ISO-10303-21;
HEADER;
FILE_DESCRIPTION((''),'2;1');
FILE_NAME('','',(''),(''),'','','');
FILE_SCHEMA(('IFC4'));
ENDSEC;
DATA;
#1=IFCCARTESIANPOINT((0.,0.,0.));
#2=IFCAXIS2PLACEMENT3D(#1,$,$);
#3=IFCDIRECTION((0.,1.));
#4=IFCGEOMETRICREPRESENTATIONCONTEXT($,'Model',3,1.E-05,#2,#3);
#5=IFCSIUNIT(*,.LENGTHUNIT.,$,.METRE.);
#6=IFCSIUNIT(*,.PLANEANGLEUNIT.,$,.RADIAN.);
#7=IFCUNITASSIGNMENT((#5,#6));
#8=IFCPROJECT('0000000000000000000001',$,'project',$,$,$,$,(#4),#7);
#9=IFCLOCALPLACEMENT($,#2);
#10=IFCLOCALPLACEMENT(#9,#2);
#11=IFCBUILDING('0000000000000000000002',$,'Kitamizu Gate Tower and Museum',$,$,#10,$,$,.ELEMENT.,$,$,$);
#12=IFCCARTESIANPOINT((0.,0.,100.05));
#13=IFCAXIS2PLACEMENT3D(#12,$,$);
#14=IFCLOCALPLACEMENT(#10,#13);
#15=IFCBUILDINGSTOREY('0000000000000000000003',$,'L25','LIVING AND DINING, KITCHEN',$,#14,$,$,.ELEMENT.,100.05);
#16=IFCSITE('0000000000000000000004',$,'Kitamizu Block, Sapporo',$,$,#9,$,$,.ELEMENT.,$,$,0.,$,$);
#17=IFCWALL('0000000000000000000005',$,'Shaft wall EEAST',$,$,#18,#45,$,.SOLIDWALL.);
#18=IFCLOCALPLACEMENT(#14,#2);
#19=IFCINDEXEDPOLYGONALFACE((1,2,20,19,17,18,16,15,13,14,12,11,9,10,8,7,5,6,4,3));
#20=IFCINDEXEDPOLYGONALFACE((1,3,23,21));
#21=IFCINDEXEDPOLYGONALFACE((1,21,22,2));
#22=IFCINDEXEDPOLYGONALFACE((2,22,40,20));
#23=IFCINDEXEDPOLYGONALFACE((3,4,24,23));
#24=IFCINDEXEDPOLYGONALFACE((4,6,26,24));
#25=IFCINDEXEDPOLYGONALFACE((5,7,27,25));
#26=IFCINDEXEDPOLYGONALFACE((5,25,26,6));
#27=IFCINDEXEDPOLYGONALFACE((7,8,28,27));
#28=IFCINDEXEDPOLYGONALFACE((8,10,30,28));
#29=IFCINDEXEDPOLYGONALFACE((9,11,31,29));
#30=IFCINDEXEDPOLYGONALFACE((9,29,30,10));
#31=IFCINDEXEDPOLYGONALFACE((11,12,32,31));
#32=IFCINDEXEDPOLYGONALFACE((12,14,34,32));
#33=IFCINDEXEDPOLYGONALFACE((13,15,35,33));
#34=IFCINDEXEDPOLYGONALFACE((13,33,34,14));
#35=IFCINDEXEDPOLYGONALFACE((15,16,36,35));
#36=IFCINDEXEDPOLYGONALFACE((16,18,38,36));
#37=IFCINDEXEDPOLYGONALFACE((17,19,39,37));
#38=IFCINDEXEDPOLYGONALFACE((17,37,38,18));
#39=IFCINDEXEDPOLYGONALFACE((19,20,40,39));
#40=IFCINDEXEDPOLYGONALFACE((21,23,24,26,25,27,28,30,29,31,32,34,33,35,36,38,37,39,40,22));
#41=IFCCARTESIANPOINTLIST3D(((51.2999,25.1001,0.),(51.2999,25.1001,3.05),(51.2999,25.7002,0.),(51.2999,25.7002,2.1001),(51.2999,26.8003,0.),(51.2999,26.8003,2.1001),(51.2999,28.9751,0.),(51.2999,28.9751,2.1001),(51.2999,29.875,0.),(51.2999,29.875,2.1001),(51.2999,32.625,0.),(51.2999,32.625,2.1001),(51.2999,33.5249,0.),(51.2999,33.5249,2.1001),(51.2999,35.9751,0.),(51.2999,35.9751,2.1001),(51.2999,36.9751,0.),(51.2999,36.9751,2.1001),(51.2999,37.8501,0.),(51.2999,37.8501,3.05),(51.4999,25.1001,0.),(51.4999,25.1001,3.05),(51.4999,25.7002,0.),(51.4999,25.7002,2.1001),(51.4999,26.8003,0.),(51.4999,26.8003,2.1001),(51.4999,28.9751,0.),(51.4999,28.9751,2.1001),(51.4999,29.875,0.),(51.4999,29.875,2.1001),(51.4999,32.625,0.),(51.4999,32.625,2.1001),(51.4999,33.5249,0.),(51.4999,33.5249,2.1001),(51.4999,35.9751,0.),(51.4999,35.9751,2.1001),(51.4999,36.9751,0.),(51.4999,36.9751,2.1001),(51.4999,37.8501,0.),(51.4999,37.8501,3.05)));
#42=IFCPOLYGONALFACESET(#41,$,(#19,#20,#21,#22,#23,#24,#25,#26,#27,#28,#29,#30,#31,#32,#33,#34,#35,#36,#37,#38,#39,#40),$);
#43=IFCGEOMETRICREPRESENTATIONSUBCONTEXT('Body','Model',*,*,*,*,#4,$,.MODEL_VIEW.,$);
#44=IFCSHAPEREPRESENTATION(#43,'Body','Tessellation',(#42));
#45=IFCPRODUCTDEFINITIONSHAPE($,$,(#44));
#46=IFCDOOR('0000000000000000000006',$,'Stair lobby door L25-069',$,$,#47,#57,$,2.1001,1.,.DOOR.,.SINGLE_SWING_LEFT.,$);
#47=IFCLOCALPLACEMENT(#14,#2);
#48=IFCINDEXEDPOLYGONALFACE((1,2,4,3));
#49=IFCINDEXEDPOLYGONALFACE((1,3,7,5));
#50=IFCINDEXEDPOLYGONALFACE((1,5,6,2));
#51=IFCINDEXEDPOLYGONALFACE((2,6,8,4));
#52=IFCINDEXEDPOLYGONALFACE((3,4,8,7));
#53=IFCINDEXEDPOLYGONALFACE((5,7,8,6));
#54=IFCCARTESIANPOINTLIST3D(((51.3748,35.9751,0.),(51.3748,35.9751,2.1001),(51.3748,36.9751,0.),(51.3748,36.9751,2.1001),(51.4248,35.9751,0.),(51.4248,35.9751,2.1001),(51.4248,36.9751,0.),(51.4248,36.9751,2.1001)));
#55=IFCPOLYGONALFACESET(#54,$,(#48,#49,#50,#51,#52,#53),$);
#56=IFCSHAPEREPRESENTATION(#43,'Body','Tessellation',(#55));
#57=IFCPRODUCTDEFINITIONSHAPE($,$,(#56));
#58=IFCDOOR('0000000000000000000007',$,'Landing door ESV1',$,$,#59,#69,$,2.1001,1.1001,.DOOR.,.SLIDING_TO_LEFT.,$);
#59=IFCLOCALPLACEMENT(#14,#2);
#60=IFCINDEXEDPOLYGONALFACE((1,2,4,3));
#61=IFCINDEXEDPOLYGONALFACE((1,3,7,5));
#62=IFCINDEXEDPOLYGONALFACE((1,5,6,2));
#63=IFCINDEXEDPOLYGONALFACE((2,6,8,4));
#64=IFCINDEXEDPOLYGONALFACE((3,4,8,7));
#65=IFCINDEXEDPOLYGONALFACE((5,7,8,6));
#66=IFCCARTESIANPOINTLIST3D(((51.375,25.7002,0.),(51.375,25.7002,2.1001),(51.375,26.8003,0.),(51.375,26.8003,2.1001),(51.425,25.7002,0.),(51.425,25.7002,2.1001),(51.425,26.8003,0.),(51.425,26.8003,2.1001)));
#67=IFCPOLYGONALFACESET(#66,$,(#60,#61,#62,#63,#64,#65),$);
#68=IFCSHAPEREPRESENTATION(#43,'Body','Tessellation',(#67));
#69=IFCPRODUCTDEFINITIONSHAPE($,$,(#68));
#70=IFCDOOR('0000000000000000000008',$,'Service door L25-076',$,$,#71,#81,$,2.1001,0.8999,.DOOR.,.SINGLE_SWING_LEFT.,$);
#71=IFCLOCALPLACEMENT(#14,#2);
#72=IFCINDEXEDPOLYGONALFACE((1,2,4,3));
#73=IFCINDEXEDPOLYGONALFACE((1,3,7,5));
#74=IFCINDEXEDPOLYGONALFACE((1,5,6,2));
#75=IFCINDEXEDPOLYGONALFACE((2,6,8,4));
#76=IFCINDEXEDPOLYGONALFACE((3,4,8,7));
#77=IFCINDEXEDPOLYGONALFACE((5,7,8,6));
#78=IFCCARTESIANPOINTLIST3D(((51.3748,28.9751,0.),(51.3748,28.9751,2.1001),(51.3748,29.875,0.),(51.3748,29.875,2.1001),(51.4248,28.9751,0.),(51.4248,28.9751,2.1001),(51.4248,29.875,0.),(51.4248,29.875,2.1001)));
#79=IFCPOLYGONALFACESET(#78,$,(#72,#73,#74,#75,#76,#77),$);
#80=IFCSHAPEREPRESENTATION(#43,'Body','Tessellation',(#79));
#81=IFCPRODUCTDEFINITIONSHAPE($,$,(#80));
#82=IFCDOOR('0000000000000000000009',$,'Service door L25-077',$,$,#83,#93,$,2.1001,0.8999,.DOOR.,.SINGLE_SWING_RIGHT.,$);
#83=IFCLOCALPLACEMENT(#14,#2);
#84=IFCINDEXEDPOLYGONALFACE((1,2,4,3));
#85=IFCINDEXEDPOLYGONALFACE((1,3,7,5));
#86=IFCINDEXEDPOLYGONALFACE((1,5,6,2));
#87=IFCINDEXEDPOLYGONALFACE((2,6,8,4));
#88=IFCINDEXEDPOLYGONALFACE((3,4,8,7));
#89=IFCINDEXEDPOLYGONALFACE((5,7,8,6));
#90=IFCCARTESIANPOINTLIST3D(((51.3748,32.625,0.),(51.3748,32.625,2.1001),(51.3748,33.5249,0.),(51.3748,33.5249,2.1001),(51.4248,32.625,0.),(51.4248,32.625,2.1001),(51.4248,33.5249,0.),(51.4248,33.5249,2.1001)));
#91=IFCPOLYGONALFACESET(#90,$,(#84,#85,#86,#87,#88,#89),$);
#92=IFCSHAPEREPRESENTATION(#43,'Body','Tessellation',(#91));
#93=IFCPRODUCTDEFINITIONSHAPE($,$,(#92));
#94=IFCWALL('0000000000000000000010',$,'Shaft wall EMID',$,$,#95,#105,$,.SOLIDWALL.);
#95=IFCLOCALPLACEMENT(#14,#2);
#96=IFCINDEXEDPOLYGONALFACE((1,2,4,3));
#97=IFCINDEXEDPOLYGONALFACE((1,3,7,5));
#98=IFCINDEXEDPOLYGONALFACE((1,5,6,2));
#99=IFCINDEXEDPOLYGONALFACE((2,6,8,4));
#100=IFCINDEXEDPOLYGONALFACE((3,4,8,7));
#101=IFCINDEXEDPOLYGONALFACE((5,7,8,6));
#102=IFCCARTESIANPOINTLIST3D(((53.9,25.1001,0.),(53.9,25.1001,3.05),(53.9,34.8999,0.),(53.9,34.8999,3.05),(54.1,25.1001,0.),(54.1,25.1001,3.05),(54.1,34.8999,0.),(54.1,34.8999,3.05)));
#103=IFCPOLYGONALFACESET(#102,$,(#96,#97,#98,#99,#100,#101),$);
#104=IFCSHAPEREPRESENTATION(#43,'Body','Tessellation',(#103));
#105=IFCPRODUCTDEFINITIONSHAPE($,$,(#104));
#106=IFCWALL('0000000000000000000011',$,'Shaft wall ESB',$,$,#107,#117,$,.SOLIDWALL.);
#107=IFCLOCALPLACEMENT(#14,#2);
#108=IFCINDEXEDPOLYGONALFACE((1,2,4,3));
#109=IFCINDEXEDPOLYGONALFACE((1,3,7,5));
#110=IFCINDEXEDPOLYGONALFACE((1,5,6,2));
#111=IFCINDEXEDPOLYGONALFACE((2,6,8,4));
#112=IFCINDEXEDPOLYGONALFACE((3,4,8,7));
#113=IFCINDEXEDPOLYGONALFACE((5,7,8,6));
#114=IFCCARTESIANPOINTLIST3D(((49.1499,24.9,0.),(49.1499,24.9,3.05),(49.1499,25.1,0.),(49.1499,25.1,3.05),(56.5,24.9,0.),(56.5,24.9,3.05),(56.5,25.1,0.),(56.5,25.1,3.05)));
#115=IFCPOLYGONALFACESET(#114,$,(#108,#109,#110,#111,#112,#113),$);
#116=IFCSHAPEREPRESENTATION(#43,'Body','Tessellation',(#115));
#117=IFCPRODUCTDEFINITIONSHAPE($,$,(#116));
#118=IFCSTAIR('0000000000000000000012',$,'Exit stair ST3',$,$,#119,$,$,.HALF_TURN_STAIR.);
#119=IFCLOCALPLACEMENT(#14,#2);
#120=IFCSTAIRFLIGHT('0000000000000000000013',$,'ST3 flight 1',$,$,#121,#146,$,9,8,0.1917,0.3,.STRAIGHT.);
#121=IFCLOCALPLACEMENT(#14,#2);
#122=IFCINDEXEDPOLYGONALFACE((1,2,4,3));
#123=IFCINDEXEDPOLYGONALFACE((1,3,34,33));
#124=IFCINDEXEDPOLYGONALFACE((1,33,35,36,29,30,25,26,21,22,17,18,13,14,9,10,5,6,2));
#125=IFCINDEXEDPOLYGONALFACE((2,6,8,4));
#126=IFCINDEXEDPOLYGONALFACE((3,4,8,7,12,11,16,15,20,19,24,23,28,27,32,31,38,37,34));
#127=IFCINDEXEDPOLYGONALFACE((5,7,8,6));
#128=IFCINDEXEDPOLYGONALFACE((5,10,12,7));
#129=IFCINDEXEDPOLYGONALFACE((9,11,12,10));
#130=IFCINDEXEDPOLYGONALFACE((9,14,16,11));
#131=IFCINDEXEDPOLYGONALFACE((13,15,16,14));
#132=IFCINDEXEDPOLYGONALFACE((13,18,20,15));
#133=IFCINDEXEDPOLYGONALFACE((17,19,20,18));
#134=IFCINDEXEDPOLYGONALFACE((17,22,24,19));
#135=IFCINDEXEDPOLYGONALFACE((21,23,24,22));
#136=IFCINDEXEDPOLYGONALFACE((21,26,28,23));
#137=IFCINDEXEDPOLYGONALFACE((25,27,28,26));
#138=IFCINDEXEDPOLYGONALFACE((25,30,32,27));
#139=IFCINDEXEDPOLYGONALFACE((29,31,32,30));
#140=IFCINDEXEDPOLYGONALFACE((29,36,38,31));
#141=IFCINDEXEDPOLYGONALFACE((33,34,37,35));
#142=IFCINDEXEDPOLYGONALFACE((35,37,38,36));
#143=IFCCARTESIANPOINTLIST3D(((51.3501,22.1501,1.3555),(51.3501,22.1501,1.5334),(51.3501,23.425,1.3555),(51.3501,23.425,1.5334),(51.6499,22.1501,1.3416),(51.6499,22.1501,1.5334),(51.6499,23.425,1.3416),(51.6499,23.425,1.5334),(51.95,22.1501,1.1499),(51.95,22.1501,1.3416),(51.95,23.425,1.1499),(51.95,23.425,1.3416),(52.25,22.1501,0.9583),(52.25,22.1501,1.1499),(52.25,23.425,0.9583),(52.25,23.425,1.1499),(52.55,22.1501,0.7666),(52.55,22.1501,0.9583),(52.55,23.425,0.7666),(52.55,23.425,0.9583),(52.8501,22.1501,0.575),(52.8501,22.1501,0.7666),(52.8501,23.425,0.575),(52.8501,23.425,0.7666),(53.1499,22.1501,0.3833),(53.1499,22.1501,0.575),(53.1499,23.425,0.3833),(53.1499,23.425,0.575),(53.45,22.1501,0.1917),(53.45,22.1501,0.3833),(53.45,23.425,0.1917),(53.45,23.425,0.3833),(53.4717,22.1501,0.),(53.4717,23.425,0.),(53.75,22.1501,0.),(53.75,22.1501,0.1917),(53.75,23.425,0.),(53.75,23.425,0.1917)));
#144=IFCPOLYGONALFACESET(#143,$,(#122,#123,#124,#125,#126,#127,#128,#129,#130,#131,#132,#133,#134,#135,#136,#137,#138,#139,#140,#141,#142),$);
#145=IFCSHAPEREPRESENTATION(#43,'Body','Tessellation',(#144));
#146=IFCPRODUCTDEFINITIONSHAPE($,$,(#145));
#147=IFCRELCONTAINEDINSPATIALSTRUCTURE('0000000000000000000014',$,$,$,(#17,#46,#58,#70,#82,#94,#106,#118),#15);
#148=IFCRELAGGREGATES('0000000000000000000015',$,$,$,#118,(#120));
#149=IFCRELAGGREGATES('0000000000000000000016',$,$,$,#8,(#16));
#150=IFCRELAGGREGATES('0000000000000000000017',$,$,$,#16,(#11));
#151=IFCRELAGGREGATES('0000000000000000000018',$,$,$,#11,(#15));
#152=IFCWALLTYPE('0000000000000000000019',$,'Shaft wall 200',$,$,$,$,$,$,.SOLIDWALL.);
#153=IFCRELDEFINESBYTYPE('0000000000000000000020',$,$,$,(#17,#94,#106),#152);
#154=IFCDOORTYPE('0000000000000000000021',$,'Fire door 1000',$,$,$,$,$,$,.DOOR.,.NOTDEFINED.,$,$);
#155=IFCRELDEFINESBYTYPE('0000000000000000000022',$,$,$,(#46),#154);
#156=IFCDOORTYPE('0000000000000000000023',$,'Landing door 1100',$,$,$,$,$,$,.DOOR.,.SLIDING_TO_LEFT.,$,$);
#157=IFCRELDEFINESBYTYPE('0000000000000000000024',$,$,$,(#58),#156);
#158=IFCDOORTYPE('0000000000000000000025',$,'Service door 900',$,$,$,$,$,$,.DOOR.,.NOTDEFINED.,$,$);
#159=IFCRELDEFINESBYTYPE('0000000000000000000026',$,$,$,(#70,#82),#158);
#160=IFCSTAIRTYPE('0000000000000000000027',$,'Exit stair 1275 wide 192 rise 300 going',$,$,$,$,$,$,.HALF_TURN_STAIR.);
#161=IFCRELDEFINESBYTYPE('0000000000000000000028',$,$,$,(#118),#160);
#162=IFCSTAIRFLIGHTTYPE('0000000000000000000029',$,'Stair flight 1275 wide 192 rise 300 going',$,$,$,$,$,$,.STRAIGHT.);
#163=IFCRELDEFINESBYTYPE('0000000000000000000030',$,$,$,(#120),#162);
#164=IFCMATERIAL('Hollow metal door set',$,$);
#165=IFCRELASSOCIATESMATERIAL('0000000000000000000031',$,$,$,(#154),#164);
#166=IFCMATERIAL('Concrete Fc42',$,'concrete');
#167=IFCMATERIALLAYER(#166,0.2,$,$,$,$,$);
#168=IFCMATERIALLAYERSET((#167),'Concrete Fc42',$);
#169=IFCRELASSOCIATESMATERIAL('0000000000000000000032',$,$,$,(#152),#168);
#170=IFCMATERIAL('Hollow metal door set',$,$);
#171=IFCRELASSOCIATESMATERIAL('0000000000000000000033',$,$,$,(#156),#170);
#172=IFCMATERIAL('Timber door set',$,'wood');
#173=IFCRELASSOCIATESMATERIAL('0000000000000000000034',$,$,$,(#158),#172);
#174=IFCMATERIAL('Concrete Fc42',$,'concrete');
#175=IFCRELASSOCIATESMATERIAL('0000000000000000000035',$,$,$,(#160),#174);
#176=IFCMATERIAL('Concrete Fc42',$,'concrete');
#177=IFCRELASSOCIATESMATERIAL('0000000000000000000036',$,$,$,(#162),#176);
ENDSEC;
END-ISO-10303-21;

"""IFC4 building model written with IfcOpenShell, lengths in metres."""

from ifc_helpers import new_model, si_unit, direction, frame, frame_2d, origin, place, context, subcontext, project, spatial, polyline, rectangle, outline, extrude, material, layer, layer_set, type_object, element, fill, aggregate, save


model = new_model("IFC4")

# Units and contexts
model_context = context("Model", 3, precision=1e-05, world=origin(), true_north=direction((0.0, 1.0)))
body_context = subcontext(model_context, "Body", "Model", "MODEL_VIEW")
ifc_project = project(units=[si_unit("LENGTHUNIT", "METRE"), si_unit("PLANEANGLEUNIT", "RADIAN")], contexts=[model_context])

# Site, building, storey
site_placement = place(None, origin())
site = spatial("IfcSite", under=ifc_project, at=site_placement, Name="Kitamizu Block, Sapporo", CompositionType="ELEMENT", RefElevation=0.0)
building_placement = place(site_placement, origin())
building = spatial("IfcBuilding", under=site, at=building_placement, Name="Kitamizu Gate Tower and Museum", CompositionType="ELEMENT")
storey_placement = place(building_placement, frame((0.0, 0.0, 100.05)))
storey = spatial("IfcBuildingStorey", under=building, at=storey_placement, Name="L25", Description="LIVING AND DINING, KITCHEN", CompositionType="ELEMENT", Elevation=100.05)

# Wall, openings, doors
ifc_material_1 = material(Name="Hollow metal door set")
door_type_1 = type_object("IfcDoorType", Name="Fire door 1000", OperationType="NOTDEFINED", PredefinedType="DOOR", material=ifc_material_1)
ifc_material_2 = material(Name="Concrete Fc42", Category="concrete")
ifc_layer_1 = layer(ifc_material_2, 0.2)
ifc_layer_set_1 = layer_set([ifc_layer_1], Name="Concrete Fc42")
wall_type_1 = type_object("IfcWallType", Name="Shaft wall 200", PredefinedType="SOLIDWALL", material=ifc_layer_set_1)
ifc_material_3 = material(Name="Hollow metal door set")
door_type_2 = type_object("IfcDoorType", Name="Landing door 1100", OperationType="SLIDING_TO_LEFT", PredefinedType="DOOR", material=ifc_material_3)
wall_1_placement = place(storey_placement, frame((51.3999, 25.1001, 0.0), z_axis=(0.0, 0.0, 1.0), x_axis=(0.0, 1.0, 0.0)))
wall_1 = element("IfcWall", 1, at=wall_1_placement, inside=storey, type_object=wall_type_1, Name="Shaft wall EEAST", PredefinedType="SOLIDWALL", context=body_context, shape_type="SweptSolid", body=[
    extrude(rectangle(XDim=12.75, YDim=0.2, at=frame_2d((6.375, 0.0))), origin(), (0.0, 0.0, 1.0), 3.05),
])
opening_1_placement = place(wall_1_placement, frame((0.6001, 0.0, 0.0)))
opening_1 = element("IfcOpeningElement", 2, at=opening_1_placement, cuts=wall_1, PredefinedType="OPENING", context=body_context, shape_type="SweptSolid", body=[
    extrude(rectangle(XDim=1.1001, YDim=2.1001, at=frame_2d((0.55, 1.05))), frame((0.0, 0.1099, 0.0), z_axis=(0.0, -1.0, 0.0), x_axis=(1.0, 0.0, 0.0)), (0.0, 0.0, 1.0), 0.22),
])
opening_2_placement = place(wall_1_placement, frame((10.875, 0.0, 0.0)))
opening_2 = element("IfcOpeningElement", 3, at=opening_2_placement, cuts=wall_1, PredefinedType="OPENING", context=body_context, shape_type="SweptSolid", body=[
    extrude(rectangle(XDim=1.0, YDim=2.1001, at=frame_2d((0.5, 1.05))), frame((0.0, 0.1099, 0.0), z_axis=(0.0, -1.0, 0.0), x_axis=(1.0, 0.0, 0.0)), (0.0, 0.0, 1.0), 0.22),
])
opening_3_placement = place(wall_1_placement, frame((3.875, 0.0, 0.0)))
opening_3 = element("IfcOpeningElement", 4, at=opening_3_placement, cuts=wall_1, PredefinedType="OPENING", context=body_context, shape_type="SweptSolid", body=[
    extrude(rectangle(XDim=0.8999, YDim=2.1001, at=frame_2d((0.45, 1.05))), frame((0.0, 0.1099, 0.0), z_axis=(0.0, -1.0, 0.0), x_axis=(1.0, 0.0, 0.0)), (0.0, 0.0, 1.0), 0.22),
])
opening_4_placement = place(wall_1_placement, frame((7.5249, 0.0, 0.0)))
opening_4 = element("IfcOpeningElement", 5, at=opening_4_placement, cuts=wall_1, PredefinedType="OPENING", context=body_context, shape_type="SweptSolid", body=[
    extrude(rectangle(XDim=0.8999, YDim=2.1001, at=frame_2d((0.45, 1.05))), frame((0.0, 0.1099, 0.0), z_axis=(0.0, -1.0, 0.0), x_axis=(1.0, 0.0, 0.0)), (0.0, 0.0, 1.0), 0.22),
])
door_1_placement = place(opening_2_placement, frame((1.0, 0.0, 0.0), x_axis=(-1.0, 0.0, 0.0)))
door_1 = element("IfcDoor", 6, at=door_1_placement, inside=storey, type_object=door_type_1, Name="Stair lobby door L25-069", OperationType="SINGLE_SWING_LEFT", OverallHeight=2.1001, OverallWidth=1.0, PredefinedType="DOOR", context=body_context, shape_type="SweptSolid", body=[
    extrude(rectangle(XDim=1.0, YDim=2.1001, at=frame_2d((0.5, 1.05))), frame((0.0, 0.0249, 0.0), z_axis=(0.0, -1.0, 0.0), x_axis=(1.0, 0.0, 0.0)), (0.0, 0.0, 1.0), 0.05),
])
fill(opening_2, door_1)
door_2_placement = place(opening_1_placement, origin())
door_2 = element("IfcDoor", 7, at=door_2_placement, inside=storey, type_object=door_type_2, Name="Landing door ESV1", OperationType="SLIDING_TO_LEFT", OverallHeight=2.1001, OverallWidth=1.1001, PredefinedType="DOOR", context=body_context, shape_type="SweptSolid", body=[
    extrude(rectangle(XDim=1.1001, YDim=2.1001, at=frame_2d((0.55, 1.05))), frame((0.0, 0.0249, 0.0), z_axis=(0.0, -1.0, 0.0), x_axis=(1.0, 0.0, 0.0)), (0.0, 0.0, 1.0), 0.05),
])
fill(opening_1, door_2)
ifc_material_4 = material(Name="Timber door set", Category="wood")
door_type_3 = type_object("IfcDoorType", Name="Service door 900", OperationType="NOTDEFINED", PredefinedType="DOOR", material=ifc_material_4)
door_3_placement = place(opening_3_placement, frame((0.8999, 0.0, 0.0), x_axis=(-1.0, 0.0, 0.0)))
door_3 = element("IfcDoor", 8, at=door_3_placement, inside=storey, type_object=door_type_3, Name="Service door L25-076", OperationType="SINGLE_SWING_LEFT", OverallHeight=2.1001, OverallWidth=0.8999, PredefinedType="DOOR", context=body_context, shape_type="SweptSolid", body=[
    extrude(rectangle(XDim=0.8999, YDim=2.1001, at=frame_2d((0.45, 1.05))), frame((0.0, 0.0249, 0.0), z_axis=(0.0, -1.0, 0.0), x_axis=(1.0, 0.0, 0.0)), (0.0, 0.0, 1.0), 0.05),
])
fill(opening_3, door_3)
door_4_placement = place(opening_4_placement, frame((0.8999, 0.0, 0.0), x_axis=(-1.0, 0.0, 0.0)))
door_4 = element("IfcDoor", 9, at=door_4_placement, inside=storey, type_object=door_type_3, Name="Service door L25-077", OperationType="SINGLE_SWING_RIGHT", OverallHeight=2.1001, OverallWidth=0.8999, PredefinedType="DOOR", context=body_context, shape_type="SweptSolid", body=[
    extrude(rectangle(XDim=0.8999, YDim=2.1001, at=frame_2d((0.45, 1.05))), frame((0.0, 0.0249, 0.0), z_axis=(0.0, -1.0, 0.0), x_axis=(1.0, 0.0, 0.0)), (0.0, 0.0, 1.0), 0.05),
])
fill(opening_4, door_4)

# Walls
wall_2_placement = place(storey_placement, frame((54.0, 25.1001, 0.0), z_axis=(0.0, 0.0, 1.0), x_axis=(0.0, 1.0, 0.0)))
element("IfcWall", 10, at=wall_2_placement, inside=storey, type_object=wall_type_1, Name="Shaft wall EMID", PredefinedType="SOLIDWALL", context=body_context, shape_type="SweptSolid", body=[
    extrude(rectangle(XDim=9.7998, YDim=0.2, at=frame_2d((4.8999, 0.0))), origin(), (0.0, 0.0, 1.0), 3.05),
])
wall_3_placement = place(storey_placement, frame((56.5, 25.0, 0.0), z_axis=(0.0, 0.0, 1.0), x_axis=(-1.0, 0.0, 0.0)))
element("IfcWall", 11, at=wall_3_placement, inside=storey, type_object=wall_type_1, Name="Shaft wall ESB", PredefinedType="SOLIDWALL", context=body_context, shape_type="SweptSolid", body=[
    extrude(rectangle(XDim=7.3501, YDim=0.2, at=frame_2d((3.675, 0.0))), origin(), (0.0, 0.0, 1.0), 3.05),
])

# Stair, stair flight
ifc_material_5 = material(Name="Concrete Fc42", Category="concrete")
stair_type = type_object("IfcStairType", Name="Exit stair 1275 wide 192 rise 300 going", PredefinedType="HALF_TURN_STAIR", material=ifc_material_5)
stair_placement = place(storey_placement, origin())
stair = element("IfcStair", 12, at=stair_placement, inside=storey, type_object=stair_type, Name="Exit stair ST3", PredefinedType="HALF_TURN_STAIR")
ifc_material_6 = material(Name="Concrete Fc42", Category="concrete")
stair_flight_type = type_object("IfcStairFlightType", Name="Stair flight 1275 wide 192 rise 300 going", PredefinedType="STRAIGHT", material=ifc_material_6)
stair_flight_1_placement = place(storey_placement, frame((53.75, 22.7876, 0.0), z_axis=(0.0, 0.0, 1.0), x_axis=(-1.0, 0.0, 0.0)))
stair_flight_1 = element("IfcStairFlight", 13, at=stair_flight_1_placement, type_object=stair_flight_type, Name="ST3 flight 1", NumberOfRisers=9, NumberOfTreads=8, PredefinedType="STRAIGHT", RiserHeight=0.1917, TreadLength=0.3, context=body_context, shape_type="SweptSolid", body=[
    extrude(outline(polyline([(0.0, 0.0), (0.0, 0.1917), (0.3, 0.1917), (0.3, 0.3833), (0.6001, 0.3833), (0.6001, 0.575), (0.8999, 0.575), (0.8999, 0.7666), (1.2, 0.7666), (1.2, 0.9583), (1.5, 0.9583), (1.5, 1.1499), (1.8, 1.1499), (1.8, 1.3416), (2.1001, 1.3416), (2.1001, 1.5334), (2.3999, 1.5334), (2.3999, 1.7251), (2.3999, 1.3555), (0.2783, 0.0), (0.0, 0.0)])), frame((0.0, 0.6375, 0.0), z_axis=(0.0, -1.0, 0.0), x_axis=(1.0, 0.0, 0.0)), (0.0, 0.0, 1.0), 1.2749),
])
aggregate(stair, [stair_flight_1])

save(model, "model.ifc")
